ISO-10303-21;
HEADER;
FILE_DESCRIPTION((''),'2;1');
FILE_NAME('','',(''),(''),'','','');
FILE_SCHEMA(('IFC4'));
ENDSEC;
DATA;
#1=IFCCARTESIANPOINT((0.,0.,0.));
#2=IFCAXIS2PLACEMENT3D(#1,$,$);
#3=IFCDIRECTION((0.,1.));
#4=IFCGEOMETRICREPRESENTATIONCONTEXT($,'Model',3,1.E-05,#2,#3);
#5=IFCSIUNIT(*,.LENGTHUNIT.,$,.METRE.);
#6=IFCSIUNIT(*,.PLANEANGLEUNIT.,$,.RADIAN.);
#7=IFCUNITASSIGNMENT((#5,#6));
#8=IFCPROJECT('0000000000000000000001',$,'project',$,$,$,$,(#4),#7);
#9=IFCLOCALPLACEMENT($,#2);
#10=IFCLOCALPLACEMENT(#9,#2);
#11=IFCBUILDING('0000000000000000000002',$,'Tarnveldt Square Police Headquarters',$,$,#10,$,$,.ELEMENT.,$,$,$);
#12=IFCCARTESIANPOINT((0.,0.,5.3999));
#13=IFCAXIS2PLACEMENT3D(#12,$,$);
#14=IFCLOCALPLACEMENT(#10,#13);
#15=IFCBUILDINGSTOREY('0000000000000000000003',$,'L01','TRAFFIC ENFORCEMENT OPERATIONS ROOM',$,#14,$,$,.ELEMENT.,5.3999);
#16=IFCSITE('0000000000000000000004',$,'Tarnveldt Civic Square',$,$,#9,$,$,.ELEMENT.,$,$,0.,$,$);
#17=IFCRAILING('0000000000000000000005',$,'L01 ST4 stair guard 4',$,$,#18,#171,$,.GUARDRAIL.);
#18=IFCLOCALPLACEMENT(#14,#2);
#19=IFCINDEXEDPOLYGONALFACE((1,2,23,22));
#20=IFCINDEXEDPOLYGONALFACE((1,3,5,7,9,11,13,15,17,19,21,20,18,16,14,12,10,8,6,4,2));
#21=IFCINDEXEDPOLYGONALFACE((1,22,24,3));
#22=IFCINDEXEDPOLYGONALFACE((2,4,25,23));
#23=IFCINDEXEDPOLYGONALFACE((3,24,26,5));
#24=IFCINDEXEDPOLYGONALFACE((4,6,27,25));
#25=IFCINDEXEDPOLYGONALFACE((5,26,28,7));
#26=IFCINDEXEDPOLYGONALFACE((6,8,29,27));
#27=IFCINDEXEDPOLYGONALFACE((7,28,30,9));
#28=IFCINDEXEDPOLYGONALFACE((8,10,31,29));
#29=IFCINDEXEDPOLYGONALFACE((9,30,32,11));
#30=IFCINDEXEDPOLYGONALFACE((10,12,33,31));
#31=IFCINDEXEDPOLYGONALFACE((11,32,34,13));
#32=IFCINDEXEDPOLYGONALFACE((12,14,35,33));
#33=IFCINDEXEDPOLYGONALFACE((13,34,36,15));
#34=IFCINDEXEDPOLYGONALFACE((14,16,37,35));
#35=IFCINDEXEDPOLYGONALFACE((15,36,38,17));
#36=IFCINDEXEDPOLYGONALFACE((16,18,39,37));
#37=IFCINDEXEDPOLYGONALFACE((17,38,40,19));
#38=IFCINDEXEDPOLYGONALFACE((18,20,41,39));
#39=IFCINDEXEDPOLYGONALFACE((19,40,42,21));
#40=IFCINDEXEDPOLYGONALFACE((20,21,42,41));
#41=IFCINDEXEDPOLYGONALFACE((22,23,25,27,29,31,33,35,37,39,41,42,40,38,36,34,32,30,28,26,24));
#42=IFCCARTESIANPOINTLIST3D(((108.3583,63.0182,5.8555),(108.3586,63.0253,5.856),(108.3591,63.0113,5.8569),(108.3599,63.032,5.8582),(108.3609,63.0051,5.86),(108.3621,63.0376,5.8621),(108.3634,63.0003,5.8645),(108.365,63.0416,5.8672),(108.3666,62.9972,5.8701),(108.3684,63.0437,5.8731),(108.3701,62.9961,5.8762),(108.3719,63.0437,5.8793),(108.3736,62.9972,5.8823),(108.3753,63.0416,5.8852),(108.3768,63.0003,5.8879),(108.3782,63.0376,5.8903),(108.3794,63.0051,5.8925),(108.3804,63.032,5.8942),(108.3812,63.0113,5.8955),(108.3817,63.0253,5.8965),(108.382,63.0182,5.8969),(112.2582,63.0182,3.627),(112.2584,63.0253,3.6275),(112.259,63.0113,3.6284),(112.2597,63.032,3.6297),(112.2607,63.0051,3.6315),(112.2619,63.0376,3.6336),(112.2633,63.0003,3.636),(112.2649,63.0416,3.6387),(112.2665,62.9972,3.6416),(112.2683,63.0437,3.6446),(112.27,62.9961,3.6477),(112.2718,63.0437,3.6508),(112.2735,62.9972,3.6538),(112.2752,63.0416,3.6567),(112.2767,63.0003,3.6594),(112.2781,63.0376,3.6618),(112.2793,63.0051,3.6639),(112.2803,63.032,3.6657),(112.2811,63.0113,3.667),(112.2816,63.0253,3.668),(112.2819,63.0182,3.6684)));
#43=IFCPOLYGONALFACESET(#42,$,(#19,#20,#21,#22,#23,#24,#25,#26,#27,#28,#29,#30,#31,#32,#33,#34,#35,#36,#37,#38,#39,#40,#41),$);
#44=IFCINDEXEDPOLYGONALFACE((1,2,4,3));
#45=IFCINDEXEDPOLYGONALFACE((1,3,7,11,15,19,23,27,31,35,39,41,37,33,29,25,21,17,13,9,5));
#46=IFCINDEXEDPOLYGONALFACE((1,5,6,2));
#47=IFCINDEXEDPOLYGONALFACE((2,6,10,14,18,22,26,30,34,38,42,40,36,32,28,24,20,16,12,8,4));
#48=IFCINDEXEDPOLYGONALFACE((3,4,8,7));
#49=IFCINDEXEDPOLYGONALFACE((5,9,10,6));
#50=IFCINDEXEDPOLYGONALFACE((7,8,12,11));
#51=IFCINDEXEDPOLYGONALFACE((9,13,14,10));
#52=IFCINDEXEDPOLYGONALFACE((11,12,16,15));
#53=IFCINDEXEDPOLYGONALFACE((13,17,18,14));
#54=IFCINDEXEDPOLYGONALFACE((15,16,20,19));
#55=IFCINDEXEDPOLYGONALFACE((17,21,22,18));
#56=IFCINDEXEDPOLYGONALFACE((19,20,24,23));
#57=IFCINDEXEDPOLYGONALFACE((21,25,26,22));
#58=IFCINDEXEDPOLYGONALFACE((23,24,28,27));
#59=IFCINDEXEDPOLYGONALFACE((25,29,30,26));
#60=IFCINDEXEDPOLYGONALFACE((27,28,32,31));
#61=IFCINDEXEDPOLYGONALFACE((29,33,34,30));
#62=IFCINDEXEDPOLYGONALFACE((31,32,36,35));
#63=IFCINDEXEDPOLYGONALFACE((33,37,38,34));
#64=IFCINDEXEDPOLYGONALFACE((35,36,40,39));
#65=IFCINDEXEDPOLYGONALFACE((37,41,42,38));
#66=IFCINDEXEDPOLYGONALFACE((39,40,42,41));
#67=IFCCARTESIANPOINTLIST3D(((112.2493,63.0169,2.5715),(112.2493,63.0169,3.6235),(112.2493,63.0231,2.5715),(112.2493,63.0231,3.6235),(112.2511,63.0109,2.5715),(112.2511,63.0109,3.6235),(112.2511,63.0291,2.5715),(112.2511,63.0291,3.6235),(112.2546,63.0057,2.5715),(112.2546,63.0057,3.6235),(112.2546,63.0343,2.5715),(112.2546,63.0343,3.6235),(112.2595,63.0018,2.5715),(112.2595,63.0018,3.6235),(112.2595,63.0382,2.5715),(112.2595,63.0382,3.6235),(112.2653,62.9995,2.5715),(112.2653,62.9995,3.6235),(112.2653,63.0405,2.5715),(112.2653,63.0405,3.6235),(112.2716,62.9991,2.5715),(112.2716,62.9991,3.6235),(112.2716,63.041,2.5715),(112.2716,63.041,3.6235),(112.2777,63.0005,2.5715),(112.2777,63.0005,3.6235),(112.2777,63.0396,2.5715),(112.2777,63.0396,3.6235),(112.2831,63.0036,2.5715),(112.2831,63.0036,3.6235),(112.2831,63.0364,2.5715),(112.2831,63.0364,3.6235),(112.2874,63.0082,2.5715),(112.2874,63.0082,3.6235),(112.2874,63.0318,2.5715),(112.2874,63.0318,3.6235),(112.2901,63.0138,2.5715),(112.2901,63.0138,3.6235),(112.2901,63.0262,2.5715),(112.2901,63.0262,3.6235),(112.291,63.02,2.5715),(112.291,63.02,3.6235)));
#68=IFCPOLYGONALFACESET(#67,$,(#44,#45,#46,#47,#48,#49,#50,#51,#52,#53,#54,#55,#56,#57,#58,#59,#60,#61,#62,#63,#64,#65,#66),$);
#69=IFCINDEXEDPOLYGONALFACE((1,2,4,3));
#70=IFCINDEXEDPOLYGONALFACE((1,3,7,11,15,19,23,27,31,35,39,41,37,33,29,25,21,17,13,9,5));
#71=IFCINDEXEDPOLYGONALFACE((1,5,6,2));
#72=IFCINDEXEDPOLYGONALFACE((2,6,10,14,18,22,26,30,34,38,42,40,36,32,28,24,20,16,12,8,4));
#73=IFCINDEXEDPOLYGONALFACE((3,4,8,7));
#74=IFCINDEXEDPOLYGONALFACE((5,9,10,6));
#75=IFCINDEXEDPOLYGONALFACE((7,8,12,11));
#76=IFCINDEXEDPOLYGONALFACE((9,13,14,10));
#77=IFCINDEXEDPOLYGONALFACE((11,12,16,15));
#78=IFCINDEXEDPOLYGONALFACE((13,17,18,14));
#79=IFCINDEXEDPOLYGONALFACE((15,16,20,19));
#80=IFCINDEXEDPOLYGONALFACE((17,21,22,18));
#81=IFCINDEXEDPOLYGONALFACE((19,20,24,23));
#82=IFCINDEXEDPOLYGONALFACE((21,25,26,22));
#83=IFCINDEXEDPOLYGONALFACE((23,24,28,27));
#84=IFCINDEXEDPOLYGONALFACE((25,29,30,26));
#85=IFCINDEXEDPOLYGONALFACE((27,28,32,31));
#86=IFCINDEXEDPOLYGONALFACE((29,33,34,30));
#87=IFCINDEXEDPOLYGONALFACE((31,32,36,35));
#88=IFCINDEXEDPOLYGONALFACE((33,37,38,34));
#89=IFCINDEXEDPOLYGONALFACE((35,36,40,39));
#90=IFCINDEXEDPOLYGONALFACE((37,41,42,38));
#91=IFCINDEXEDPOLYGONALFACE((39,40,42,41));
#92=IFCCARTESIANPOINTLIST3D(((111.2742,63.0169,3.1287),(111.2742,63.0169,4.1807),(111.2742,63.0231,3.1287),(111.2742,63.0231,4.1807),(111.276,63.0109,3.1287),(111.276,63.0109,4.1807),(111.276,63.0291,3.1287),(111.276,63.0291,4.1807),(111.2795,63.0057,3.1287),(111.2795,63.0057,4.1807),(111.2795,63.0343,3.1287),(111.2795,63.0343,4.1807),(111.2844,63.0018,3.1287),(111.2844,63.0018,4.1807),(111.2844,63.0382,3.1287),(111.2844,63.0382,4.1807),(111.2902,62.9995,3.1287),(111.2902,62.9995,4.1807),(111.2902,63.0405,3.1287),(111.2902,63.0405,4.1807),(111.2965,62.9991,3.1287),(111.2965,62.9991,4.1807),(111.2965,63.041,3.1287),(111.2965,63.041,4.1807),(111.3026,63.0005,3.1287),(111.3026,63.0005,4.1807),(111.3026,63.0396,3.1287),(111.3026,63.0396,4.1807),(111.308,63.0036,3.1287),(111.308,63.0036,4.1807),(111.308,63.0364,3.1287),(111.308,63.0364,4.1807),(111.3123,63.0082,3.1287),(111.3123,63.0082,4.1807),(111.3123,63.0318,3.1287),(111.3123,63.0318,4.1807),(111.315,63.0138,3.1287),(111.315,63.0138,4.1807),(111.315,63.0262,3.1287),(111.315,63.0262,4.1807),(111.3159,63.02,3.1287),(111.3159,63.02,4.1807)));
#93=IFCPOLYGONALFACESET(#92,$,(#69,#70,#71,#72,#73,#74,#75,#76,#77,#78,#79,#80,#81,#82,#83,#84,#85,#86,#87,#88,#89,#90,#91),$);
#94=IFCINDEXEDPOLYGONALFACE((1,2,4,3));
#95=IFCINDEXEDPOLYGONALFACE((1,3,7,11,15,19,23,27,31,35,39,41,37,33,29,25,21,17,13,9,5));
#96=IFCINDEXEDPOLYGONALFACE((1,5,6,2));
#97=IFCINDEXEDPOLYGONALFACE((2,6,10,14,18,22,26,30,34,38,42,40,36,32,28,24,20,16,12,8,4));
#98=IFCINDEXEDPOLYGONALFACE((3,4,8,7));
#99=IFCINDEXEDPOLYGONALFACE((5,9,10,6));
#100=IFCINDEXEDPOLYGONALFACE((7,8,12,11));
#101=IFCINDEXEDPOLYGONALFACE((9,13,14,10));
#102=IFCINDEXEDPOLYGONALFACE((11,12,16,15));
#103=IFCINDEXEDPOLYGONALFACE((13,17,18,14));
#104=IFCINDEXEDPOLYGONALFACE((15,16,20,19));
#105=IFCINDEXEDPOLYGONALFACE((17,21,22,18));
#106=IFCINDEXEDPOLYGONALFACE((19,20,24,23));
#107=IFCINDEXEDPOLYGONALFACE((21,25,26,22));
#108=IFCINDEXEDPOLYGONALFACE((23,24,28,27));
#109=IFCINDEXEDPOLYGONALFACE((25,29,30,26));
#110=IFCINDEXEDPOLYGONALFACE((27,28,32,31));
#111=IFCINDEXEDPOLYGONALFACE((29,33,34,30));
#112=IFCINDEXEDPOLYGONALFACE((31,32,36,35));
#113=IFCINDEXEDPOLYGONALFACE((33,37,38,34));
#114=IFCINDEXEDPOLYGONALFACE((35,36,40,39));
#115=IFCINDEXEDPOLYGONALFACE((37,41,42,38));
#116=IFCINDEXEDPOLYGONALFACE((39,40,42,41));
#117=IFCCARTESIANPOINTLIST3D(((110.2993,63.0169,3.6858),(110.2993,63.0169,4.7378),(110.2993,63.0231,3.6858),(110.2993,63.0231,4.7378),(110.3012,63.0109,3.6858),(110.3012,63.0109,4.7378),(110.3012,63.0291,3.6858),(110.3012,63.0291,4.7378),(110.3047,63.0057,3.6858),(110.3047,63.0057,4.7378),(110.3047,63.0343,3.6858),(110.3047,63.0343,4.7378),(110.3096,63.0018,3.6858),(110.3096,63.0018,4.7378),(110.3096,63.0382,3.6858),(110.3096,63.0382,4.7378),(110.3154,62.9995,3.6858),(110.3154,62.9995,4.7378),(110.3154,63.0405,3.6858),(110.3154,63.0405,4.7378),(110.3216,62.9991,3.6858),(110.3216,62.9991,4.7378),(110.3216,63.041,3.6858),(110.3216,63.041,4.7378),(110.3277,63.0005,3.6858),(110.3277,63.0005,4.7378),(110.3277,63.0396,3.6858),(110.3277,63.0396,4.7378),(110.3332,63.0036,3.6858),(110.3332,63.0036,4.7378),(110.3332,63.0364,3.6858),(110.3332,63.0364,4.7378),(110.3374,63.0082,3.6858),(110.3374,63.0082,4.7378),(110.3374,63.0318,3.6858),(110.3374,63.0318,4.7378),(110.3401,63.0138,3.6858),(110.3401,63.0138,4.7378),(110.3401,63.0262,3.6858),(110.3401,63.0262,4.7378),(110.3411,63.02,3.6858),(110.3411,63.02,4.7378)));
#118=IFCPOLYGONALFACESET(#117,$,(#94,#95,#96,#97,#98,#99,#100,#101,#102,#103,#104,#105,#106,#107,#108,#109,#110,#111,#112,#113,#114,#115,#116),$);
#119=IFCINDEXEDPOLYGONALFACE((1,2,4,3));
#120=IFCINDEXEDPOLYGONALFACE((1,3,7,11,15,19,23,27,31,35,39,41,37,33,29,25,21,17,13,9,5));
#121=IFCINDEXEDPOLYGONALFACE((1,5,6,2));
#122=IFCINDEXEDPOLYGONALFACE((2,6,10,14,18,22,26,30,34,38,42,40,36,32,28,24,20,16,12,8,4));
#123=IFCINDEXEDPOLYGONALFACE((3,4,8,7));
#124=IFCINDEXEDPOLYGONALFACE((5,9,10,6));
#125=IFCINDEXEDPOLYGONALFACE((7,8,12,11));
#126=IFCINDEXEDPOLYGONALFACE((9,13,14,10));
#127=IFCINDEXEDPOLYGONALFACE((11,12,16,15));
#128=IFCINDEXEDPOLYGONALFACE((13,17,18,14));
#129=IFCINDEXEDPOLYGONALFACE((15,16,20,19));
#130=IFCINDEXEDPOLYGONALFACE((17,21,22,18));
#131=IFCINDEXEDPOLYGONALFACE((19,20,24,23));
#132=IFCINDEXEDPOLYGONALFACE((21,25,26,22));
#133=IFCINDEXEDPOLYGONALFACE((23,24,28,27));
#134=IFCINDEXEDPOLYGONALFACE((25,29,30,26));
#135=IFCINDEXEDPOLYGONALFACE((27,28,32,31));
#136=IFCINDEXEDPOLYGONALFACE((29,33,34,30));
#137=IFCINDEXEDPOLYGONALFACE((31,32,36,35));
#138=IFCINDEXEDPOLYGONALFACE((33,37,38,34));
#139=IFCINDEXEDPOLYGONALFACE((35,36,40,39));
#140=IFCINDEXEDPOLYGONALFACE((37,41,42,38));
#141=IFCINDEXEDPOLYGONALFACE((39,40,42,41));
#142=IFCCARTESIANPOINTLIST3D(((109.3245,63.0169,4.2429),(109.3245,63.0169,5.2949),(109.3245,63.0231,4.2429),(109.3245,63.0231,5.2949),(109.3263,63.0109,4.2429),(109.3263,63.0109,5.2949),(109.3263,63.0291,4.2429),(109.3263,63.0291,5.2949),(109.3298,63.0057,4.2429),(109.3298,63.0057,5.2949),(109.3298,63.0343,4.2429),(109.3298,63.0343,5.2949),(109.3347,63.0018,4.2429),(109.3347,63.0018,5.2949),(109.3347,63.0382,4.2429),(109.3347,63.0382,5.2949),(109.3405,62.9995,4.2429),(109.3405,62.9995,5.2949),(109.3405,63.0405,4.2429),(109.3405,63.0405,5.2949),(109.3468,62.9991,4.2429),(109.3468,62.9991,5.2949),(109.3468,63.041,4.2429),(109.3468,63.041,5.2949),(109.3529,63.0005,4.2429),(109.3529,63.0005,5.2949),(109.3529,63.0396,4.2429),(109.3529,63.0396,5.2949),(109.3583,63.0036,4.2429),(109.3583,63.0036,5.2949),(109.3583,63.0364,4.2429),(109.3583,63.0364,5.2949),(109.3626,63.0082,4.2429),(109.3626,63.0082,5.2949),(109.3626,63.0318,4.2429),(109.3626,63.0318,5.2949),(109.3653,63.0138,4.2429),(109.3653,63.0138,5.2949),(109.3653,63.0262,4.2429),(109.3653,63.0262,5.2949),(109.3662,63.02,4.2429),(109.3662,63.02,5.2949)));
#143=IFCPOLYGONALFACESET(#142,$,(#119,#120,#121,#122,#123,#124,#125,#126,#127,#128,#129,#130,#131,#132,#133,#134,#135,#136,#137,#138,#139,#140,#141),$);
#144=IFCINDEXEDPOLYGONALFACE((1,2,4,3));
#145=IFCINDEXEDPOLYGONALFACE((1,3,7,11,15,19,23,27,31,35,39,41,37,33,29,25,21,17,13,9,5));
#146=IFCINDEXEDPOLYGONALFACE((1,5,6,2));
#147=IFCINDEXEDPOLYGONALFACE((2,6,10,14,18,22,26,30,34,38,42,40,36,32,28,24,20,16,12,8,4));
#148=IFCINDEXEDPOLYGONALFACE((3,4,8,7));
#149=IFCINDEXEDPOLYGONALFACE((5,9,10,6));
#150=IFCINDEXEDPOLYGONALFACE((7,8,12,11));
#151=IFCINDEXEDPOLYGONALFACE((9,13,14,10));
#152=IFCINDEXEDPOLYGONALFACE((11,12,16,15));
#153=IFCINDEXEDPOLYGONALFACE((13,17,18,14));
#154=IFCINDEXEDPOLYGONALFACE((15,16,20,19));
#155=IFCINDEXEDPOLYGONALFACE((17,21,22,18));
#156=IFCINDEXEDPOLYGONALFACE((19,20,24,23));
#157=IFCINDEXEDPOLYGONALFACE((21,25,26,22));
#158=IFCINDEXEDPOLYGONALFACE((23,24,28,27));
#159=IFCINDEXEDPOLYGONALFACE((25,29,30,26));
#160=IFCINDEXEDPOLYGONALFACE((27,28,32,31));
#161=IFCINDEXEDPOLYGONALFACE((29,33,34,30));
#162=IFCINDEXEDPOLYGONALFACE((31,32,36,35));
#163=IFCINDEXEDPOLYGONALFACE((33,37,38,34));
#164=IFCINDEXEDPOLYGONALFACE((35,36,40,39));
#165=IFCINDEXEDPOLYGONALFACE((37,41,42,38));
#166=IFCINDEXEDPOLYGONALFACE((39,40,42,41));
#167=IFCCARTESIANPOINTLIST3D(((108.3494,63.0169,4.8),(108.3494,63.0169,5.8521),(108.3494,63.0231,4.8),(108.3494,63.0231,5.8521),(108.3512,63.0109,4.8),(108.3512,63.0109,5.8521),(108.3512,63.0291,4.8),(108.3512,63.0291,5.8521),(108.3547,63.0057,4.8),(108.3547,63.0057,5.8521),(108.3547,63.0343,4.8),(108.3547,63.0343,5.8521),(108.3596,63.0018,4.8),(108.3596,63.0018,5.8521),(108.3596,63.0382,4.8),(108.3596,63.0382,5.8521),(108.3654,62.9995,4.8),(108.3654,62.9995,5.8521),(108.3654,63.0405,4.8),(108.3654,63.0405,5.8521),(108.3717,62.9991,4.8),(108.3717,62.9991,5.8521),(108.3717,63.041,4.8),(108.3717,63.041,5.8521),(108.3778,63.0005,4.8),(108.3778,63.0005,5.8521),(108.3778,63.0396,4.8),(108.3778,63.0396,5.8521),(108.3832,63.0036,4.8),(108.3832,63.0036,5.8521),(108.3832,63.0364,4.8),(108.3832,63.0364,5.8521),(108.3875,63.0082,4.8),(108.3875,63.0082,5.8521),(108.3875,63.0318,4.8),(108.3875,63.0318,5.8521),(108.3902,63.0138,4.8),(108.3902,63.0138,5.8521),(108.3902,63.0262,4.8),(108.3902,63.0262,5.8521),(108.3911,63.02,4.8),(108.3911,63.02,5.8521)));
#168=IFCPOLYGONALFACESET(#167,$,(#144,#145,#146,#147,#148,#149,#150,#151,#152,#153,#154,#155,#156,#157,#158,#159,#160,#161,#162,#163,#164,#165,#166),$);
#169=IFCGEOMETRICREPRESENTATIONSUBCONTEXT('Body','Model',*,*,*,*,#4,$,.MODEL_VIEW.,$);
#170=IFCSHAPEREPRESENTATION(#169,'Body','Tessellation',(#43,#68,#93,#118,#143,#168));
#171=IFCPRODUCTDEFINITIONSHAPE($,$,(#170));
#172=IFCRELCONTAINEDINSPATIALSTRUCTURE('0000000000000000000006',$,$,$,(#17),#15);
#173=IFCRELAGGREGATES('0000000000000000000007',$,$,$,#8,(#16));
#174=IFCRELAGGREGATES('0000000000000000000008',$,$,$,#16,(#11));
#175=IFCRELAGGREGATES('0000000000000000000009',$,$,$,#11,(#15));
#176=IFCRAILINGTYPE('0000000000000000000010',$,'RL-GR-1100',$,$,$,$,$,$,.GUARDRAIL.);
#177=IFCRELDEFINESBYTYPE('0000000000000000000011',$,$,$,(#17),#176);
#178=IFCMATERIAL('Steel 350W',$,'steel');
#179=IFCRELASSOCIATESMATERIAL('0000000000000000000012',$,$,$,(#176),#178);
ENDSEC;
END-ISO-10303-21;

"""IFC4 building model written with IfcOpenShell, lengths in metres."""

from ifc_helpers import new_model, si_unit, direction, frame, origin, origin_2d, place, context, subcontext, project, spatial, circle, extrude, material, type_object, element, save


model = new_model("IFC4")

# Units and contexts
model_context = context("Model", 3, precision=1e-05, world=origin(), true_north=direction((0.0, 1.0)))
body_context = subcontext(model_context, "Body", "Model", "MODEL_VIEW")
ifc_project = project(units=[si_unit("LENGTHUNIT", "METRE"), si_unit("PLANEANGLEUNIT", "RADIAN")], contexts=[model_context])

# Site, building, storey
site_placement = place(None, origin())
site = spatial("IfcSite", under=ifc_project, at=site_placement, Name="Tarnveldt Civic Square", CompositionType="ELEMENT", RefElevation=0.0)
building_placement = place(site_placement, origin())
building = spatial("IfcBuilding", under=site, at=building_placement, Name="Tarnveldt Square Police Headquarters", CompositionType="ELEMENT")
storey_placement = place(building_placement, frame((0.0, 0.0, 5.3999)))
storey = spatial("IfcBuildingStorey", under=building, at=storey_placement, Name="L01", Description="TRAFFIC ENFORCEMENT OPERATIONS ROOM", CompositionType="ELEMENT", Elevation=5.3999)

# Shared definitions
ifc_material_1 = material(Name="Steel 350W", Category="steel")

# Railing
railing_type_1 = type_object("IfcRailingType", Name="RL-GR-1100", PredefinedType="GUARDRAIL", material=ifc_material_1)
railing_1_placement = place(storey_placement, frame((112.27, 63.02, 2.5715)))
element("IfcRailing", 1, at=railing_1_placement, inside=storey, type_object=railing_type_1, Name="L01 ST4 stair guard 4", PredefinedType="GUARDRAIL", context=body_context, shape_type="SweptSolid", body=[
    extrude(circle(Radius=0.0239, at=origin_2d()), frame((0.0, 0.0, 1.0762), z_axis=(-0.868243, 0.0, 0.496139), x_axis=(0.0, -1.0, 0.0)), (0.0, 0.0, 1.0), 4.4917),
    extrude(circle(Radius=0.021, at=origin_2d()), origin(), (0.0, 0.0, 1.0), 1.052),
    extrude(circle(Radius=0.021, at=origin_2d()), frame((-0.9751, 0.0, 0.5571)), (0.0, 0.0, 1.0), 1.052),
    extrude(circle(Radius=0.021, at=origin_2d()), frame((-1.95, 0.0, 1.1143)), (0.0, 0.0, 1.0), 1.052),
    extrude(circle(Radius=0.021, at=origin_2d()), frame((-2.9248, 0.0, 1.6714)), (0.0, 0.0, 1.0), 1.052),
    extrude(circle(Radius=0.021, at=origin_2d()), frame((-3.8999, 0.0, 2.2285)), (0.0, 0.0, 1.0), 1.052),
])

save(model, "model.ifc")
